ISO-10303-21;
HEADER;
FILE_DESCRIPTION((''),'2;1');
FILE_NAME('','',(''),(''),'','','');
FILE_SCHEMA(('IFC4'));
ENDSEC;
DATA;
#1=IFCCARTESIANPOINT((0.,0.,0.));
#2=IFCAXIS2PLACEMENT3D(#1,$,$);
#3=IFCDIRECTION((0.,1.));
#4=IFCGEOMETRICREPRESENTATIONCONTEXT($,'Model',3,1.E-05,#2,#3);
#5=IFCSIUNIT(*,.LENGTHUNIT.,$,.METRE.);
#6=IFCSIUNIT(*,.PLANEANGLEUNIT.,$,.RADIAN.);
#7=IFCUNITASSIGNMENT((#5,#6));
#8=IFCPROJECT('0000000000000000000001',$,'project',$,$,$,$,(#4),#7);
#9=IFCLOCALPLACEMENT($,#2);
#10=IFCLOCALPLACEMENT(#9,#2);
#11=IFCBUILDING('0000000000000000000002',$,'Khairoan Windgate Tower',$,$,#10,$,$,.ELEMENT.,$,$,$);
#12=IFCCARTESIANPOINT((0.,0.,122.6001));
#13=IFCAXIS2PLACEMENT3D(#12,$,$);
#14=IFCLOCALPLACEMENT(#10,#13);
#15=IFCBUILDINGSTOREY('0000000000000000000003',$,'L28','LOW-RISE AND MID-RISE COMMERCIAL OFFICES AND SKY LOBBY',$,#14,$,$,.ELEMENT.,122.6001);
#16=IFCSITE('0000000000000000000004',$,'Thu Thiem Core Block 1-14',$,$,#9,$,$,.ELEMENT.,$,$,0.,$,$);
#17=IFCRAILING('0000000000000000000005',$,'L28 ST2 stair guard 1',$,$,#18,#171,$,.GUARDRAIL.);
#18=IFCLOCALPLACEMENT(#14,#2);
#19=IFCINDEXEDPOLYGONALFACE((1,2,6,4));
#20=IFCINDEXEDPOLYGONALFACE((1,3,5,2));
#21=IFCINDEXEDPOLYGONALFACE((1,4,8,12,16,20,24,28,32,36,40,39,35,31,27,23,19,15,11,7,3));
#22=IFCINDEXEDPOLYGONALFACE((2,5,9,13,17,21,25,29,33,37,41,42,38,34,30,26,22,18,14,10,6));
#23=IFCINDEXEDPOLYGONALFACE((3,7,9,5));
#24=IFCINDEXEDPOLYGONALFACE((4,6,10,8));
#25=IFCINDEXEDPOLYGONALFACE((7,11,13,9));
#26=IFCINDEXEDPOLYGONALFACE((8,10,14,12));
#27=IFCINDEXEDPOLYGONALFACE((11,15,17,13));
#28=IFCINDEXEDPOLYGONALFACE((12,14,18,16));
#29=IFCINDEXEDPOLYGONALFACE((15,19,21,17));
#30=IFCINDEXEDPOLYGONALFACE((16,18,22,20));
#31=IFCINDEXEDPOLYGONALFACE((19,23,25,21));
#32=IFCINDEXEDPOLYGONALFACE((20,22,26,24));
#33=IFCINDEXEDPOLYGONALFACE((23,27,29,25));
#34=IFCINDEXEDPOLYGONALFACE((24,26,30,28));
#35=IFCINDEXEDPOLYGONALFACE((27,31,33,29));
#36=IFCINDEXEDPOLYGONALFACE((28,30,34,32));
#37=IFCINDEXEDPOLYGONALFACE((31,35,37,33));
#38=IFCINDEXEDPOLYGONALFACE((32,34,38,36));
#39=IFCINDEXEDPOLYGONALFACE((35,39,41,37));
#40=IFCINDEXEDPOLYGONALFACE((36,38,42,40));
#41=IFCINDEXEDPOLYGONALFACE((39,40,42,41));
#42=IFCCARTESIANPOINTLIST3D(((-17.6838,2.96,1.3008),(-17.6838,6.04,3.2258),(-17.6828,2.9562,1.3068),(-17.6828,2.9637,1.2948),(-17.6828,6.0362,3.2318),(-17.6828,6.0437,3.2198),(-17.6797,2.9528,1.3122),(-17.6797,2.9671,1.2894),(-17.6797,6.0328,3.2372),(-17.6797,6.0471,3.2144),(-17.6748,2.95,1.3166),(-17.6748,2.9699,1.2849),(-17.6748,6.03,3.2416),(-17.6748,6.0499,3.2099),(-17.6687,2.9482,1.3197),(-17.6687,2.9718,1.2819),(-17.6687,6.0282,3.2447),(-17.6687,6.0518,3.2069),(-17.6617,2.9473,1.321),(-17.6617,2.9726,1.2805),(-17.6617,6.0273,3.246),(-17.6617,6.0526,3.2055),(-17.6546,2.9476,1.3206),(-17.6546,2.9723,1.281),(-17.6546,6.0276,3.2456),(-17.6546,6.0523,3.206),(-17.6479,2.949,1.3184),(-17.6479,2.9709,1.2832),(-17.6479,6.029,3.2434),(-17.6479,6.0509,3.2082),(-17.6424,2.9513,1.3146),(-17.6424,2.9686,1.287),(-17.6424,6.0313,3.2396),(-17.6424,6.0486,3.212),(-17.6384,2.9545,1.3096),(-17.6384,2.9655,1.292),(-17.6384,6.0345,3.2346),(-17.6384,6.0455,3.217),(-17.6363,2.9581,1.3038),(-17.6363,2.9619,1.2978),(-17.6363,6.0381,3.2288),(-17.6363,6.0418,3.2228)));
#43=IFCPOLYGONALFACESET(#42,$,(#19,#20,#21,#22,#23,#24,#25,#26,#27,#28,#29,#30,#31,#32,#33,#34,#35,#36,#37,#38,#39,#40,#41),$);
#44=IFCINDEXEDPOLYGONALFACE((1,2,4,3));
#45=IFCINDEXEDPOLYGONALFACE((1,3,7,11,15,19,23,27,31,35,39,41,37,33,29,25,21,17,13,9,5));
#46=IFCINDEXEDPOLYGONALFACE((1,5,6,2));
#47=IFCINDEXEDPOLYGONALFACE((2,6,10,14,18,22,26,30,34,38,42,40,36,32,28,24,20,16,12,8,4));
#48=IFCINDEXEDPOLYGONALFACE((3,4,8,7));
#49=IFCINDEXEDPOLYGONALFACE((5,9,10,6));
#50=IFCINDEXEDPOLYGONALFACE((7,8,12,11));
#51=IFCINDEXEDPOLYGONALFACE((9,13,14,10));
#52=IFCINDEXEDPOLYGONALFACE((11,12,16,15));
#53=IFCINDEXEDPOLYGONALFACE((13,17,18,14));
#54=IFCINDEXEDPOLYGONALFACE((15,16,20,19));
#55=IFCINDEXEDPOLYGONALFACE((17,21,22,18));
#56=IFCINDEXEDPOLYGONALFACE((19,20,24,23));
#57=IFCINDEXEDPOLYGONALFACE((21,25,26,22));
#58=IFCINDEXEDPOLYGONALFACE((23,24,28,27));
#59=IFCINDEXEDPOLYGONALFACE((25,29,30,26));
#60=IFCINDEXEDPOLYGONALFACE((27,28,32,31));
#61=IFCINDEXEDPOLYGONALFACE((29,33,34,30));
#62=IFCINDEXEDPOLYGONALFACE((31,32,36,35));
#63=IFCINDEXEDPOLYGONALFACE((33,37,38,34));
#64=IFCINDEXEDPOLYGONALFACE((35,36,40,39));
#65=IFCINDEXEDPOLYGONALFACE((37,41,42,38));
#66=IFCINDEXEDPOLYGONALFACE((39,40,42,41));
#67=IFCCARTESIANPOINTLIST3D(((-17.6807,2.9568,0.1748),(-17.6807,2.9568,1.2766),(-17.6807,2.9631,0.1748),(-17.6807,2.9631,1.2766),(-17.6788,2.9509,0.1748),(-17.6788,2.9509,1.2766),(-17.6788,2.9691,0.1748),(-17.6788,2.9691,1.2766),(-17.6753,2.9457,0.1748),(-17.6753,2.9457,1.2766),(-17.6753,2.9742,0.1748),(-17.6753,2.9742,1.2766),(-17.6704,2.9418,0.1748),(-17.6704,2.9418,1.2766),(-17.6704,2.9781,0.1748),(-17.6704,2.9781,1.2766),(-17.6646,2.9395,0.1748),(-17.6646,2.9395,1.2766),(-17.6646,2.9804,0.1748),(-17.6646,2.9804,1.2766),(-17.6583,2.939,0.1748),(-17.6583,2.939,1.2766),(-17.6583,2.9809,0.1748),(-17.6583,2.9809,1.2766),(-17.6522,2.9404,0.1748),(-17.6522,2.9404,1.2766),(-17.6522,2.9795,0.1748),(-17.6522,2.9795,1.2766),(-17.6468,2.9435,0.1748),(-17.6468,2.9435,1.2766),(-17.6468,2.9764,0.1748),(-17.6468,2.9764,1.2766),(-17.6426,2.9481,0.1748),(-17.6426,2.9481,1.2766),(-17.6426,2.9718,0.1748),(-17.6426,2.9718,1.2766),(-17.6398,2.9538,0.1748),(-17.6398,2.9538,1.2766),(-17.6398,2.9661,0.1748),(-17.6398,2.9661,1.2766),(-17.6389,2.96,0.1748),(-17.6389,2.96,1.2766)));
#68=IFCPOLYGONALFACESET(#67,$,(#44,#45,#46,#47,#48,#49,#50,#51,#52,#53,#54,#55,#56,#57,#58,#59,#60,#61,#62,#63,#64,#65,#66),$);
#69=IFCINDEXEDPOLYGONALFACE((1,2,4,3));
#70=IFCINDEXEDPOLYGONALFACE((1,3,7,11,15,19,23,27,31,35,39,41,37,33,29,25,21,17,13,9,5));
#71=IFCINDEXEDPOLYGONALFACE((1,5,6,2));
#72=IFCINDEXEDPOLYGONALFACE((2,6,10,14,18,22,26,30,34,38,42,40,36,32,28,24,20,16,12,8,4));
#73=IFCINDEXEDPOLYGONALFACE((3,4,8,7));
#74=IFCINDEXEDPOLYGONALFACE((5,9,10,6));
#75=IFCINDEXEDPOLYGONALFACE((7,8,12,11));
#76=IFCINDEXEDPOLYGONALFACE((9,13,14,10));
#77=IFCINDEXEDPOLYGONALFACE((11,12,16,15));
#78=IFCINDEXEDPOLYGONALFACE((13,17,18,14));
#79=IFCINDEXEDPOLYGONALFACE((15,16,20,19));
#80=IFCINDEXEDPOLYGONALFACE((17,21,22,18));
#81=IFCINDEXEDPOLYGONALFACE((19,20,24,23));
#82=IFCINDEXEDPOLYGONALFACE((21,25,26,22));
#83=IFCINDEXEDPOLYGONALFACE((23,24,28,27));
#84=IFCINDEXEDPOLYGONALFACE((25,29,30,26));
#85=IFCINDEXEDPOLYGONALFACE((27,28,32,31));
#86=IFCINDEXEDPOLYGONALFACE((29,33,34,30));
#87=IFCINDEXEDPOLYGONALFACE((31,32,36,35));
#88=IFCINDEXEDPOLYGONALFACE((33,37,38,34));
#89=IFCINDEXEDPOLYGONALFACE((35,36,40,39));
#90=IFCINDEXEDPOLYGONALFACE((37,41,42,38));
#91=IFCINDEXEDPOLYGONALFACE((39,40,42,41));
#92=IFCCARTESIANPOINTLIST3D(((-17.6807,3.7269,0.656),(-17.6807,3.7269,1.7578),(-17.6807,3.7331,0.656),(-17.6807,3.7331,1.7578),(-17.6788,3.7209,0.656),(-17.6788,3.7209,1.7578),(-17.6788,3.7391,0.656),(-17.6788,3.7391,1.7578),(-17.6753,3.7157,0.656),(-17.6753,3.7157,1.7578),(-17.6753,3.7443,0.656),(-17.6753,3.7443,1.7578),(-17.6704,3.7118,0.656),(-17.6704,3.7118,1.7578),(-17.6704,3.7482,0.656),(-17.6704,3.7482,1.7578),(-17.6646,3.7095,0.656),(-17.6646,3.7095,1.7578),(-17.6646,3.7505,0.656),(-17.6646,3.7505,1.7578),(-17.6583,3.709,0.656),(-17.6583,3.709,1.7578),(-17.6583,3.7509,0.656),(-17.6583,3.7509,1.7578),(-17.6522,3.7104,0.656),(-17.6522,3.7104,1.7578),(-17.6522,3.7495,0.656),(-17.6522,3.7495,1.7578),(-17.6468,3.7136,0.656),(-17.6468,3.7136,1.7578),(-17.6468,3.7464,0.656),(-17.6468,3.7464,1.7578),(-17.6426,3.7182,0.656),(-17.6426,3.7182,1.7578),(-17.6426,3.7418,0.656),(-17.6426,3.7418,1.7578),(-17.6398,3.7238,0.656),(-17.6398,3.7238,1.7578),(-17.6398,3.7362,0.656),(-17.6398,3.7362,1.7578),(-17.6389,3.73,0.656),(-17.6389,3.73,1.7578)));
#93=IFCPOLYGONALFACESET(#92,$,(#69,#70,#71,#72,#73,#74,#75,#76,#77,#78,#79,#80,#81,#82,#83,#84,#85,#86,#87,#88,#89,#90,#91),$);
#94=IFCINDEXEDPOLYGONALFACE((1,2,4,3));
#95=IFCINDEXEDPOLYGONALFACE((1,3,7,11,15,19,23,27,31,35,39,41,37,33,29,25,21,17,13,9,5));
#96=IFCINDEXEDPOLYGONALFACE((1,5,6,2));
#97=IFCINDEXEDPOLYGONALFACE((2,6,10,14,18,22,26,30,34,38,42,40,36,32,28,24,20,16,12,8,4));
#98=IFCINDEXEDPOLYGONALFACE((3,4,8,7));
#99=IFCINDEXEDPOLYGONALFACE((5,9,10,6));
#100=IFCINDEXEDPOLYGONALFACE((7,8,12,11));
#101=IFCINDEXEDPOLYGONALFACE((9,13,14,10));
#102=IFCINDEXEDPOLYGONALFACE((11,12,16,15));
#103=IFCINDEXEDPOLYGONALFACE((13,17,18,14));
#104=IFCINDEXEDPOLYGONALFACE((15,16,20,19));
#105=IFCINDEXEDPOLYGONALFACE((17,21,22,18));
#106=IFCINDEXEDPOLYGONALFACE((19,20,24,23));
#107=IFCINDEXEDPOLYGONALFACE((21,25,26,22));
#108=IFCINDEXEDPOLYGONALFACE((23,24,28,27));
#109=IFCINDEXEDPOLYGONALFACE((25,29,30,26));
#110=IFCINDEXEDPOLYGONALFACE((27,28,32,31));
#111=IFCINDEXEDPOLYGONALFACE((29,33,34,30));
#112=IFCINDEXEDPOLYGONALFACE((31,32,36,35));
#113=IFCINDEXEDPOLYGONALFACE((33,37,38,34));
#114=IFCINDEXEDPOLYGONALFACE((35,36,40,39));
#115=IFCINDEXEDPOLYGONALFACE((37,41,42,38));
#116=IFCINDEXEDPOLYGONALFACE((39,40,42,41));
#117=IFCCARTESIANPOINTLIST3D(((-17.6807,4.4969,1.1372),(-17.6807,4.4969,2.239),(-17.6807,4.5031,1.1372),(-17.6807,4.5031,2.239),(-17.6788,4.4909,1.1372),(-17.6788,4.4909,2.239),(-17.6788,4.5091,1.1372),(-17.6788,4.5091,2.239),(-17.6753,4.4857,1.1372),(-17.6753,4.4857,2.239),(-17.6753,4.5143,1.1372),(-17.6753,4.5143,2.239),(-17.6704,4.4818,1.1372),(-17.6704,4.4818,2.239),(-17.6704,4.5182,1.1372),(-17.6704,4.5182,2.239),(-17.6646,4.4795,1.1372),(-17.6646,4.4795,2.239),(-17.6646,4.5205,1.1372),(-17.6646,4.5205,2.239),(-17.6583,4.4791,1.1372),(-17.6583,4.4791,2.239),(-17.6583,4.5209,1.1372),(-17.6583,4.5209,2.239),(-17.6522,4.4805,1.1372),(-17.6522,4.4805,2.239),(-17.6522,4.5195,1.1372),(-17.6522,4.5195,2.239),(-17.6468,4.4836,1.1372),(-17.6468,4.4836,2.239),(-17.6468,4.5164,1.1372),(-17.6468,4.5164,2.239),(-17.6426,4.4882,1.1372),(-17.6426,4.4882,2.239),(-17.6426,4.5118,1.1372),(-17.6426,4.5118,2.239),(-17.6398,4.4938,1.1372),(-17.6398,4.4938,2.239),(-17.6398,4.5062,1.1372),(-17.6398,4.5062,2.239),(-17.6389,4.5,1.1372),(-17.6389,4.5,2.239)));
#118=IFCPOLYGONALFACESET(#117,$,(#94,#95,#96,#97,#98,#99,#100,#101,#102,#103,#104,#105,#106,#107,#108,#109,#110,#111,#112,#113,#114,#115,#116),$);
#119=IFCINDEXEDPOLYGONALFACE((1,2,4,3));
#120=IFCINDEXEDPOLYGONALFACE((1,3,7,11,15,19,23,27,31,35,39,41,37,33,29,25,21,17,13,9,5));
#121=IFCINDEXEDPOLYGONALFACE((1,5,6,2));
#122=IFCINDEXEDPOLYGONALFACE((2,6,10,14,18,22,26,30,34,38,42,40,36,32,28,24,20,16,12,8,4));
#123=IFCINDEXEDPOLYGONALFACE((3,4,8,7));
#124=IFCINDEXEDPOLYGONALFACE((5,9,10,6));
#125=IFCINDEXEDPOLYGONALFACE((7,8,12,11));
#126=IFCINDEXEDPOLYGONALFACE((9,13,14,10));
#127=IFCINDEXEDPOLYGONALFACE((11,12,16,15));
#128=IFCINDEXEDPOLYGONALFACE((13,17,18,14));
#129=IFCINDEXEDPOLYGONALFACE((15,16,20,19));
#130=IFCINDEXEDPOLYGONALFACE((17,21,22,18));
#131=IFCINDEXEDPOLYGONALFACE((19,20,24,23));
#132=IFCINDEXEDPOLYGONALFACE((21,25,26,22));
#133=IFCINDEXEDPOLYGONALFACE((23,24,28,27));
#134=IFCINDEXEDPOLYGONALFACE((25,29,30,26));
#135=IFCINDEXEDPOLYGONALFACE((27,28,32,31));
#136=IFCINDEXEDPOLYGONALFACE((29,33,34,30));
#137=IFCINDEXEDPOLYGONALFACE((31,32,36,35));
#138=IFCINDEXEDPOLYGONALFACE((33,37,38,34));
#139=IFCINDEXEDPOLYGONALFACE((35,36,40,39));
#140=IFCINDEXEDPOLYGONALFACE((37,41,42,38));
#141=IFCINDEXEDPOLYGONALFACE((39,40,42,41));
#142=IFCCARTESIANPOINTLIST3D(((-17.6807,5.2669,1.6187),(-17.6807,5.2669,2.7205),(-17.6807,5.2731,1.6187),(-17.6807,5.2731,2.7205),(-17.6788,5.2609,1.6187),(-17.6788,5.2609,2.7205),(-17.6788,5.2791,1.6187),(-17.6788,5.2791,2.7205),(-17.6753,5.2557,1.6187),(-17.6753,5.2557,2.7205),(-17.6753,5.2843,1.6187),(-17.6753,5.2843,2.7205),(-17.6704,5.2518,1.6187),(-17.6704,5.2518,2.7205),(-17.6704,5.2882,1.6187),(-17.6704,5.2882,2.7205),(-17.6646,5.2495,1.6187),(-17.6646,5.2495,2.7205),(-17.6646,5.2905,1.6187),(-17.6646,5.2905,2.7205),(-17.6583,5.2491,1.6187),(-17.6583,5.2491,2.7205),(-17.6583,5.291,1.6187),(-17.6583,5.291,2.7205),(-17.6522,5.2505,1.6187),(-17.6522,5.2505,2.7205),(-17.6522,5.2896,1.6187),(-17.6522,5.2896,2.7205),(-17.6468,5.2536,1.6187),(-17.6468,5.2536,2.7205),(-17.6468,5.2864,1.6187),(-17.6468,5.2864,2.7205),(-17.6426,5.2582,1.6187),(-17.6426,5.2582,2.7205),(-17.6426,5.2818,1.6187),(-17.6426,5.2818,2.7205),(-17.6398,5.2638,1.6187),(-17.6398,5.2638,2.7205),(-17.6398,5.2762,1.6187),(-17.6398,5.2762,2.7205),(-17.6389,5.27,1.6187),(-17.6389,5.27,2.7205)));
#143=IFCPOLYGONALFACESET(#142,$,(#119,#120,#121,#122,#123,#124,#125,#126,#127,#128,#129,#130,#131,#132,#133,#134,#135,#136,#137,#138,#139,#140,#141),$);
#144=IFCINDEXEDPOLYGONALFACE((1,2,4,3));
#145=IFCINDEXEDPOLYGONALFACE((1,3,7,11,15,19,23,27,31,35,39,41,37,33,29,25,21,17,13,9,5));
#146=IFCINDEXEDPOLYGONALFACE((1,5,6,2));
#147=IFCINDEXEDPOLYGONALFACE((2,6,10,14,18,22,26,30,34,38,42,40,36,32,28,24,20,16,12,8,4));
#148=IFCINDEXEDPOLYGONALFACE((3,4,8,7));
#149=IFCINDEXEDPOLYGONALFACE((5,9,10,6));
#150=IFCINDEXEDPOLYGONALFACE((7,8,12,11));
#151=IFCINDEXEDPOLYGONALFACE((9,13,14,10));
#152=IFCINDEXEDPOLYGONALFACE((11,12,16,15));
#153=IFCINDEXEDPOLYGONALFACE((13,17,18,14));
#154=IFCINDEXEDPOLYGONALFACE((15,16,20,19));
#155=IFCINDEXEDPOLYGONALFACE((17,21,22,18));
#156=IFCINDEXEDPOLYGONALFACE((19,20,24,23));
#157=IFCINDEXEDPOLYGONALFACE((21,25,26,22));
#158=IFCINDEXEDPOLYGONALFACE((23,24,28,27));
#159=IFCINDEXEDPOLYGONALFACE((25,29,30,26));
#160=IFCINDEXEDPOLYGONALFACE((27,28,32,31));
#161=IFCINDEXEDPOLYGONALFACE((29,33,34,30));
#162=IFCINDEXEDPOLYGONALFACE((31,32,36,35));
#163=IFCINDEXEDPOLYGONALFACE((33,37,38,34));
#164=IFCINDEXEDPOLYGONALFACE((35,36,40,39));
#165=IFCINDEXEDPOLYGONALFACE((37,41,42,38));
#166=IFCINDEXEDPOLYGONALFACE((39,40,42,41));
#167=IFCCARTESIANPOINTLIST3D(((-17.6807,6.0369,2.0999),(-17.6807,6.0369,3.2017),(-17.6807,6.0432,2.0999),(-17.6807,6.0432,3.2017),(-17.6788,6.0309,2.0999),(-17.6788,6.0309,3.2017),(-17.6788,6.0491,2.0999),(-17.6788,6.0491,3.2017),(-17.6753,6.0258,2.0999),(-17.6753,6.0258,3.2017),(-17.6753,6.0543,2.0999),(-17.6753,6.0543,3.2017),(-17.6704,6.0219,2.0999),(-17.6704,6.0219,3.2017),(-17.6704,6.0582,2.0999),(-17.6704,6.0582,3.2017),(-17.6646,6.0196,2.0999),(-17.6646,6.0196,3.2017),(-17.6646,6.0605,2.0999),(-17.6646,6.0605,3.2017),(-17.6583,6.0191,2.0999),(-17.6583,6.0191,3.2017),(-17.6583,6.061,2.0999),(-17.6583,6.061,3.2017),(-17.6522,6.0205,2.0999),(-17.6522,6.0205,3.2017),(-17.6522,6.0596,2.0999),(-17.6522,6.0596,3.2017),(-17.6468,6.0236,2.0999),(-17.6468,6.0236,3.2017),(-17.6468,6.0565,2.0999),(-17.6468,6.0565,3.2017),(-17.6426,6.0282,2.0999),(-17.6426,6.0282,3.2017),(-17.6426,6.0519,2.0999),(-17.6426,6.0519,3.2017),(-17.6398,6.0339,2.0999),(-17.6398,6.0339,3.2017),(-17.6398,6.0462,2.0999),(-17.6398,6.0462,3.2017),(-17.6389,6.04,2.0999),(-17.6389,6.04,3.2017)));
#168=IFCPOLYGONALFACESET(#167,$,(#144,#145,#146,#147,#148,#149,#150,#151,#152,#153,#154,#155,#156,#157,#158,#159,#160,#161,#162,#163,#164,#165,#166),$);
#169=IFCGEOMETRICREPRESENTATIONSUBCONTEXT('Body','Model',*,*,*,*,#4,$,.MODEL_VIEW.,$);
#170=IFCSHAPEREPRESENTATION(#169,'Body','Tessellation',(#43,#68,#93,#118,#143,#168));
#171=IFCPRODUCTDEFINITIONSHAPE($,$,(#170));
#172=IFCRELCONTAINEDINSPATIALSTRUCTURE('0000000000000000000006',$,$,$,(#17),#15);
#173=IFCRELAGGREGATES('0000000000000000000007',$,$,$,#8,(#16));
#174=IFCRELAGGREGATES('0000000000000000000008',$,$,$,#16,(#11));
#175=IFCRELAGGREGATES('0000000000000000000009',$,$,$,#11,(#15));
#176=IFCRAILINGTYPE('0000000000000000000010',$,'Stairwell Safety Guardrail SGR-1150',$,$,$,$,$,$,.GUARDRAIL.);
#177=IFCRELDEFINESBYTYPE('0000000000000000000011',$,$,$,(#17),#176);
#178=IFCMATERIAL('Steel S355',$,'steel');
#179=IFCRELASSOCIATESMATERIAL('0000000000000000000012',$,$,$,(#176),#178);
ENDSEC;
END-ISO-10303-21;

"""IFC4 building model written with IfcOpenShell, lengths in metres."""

from ifc_helpers import new_model, si_unit, direction, frame, origin, origin_2d, place, context, subcontext, project, spatial, circle, extrude, material, type_object, element, save


model = new_model("IFC4")

# Units and contexts
model_context = context("Model", 3, precision=1e-05, world=origin(), true_north=direction((0.0, 1.0)))
body_context = subcontext(model_context, "Body", "Model", "MODEL_VIEW")
ifc_project = project(units=[si_unit("LENGTHUNIT", "METRE"), si_unit("PLANEANGLEUNIT", "RADIAN")], contexts=[model_context])

# Site, building, storey
site_placement = place(None, origin())
site = spatial("IfcSite", under=ifc_project, at=site_placement, Name="Thu Thiem Core Block 1-14", CompositionType="ELEMENT", RefElevation=0.0)
building_placement = place(site_placement, origin())
building = spatial("IfcBuilding", under=site, at=building_placement, Name="Khairoan Windgate Tower", CompositionType="ELEMENT")
storey_placement = place(building_placement, frame((0.0, 0.0, 122.6001)))
storey = spatial("IfcBuildingStorey", under=building, at=storey_placement, Name="L28", Description="LOW-RISE AND MID-RISE COMMERCIAL OFFICES AND SKY LOBBY", CompositionType="ELEMENT", Elevation=122.6001)

# Railing
ifc_material_1 = material(Name="Steel S355", Category="steel")
railing_type_1 = type_object("IfcRailingType", Name="Stairwell Safety Guardrail SGR-1150", PredefinedType="GUARDRAIL", material=ifc_material_1)
railing_1_placement = place(storey_placement, frame((-17.6599, 2.96, 0.1748)))
element("IfcRailing", 1, at=railing_1_placement, inside=storey, type_object=railing_type_1, Name="L28 ST2 stair guard 1", PredefinedType="GUARDRAIL", context=body_context, shape_type="SweptSolid", body=[
    extrude(circle(Radius=0.0239, at=origin_2d()), frame((0.0, 0.0, 1.126), z_axis=(0.0, 0.847998, 0.529999), x_axis=(-1.0, 0.0, 0.0)), (0.0, 0.0, 1.0), 3.6321),
    extrude(circle(Radius=0.021, at=origin_2d()), origin(), (0.0, 0.0, 1.0), 1.1018),
    extrude(circle(Radius=0.021, at=origin_2d()), frame((0.0, 0.77, 0.4812)), (0.0, 0.0, 1.0), 1.1018),
    extrude(circle(Radius=0.021, at=origin_2d()), frame((0.0, 1.54, 0.9624)), (0.0, 0.0, 1.0), 1.1018),
    extrude(circle(Radius=0.021, at=origin_2d()), frame((0.0, 2.3101, 1.4438)), (0.0, 0.0, 1.0), 1.1018),
    extrude(circle(Radius=0.021, at=origin_2d()), frame((0.0, 3.0801, 1.925)), (0.0, 0.0, 1.0), 1.1018),
])

save(model, "model.ifc")
